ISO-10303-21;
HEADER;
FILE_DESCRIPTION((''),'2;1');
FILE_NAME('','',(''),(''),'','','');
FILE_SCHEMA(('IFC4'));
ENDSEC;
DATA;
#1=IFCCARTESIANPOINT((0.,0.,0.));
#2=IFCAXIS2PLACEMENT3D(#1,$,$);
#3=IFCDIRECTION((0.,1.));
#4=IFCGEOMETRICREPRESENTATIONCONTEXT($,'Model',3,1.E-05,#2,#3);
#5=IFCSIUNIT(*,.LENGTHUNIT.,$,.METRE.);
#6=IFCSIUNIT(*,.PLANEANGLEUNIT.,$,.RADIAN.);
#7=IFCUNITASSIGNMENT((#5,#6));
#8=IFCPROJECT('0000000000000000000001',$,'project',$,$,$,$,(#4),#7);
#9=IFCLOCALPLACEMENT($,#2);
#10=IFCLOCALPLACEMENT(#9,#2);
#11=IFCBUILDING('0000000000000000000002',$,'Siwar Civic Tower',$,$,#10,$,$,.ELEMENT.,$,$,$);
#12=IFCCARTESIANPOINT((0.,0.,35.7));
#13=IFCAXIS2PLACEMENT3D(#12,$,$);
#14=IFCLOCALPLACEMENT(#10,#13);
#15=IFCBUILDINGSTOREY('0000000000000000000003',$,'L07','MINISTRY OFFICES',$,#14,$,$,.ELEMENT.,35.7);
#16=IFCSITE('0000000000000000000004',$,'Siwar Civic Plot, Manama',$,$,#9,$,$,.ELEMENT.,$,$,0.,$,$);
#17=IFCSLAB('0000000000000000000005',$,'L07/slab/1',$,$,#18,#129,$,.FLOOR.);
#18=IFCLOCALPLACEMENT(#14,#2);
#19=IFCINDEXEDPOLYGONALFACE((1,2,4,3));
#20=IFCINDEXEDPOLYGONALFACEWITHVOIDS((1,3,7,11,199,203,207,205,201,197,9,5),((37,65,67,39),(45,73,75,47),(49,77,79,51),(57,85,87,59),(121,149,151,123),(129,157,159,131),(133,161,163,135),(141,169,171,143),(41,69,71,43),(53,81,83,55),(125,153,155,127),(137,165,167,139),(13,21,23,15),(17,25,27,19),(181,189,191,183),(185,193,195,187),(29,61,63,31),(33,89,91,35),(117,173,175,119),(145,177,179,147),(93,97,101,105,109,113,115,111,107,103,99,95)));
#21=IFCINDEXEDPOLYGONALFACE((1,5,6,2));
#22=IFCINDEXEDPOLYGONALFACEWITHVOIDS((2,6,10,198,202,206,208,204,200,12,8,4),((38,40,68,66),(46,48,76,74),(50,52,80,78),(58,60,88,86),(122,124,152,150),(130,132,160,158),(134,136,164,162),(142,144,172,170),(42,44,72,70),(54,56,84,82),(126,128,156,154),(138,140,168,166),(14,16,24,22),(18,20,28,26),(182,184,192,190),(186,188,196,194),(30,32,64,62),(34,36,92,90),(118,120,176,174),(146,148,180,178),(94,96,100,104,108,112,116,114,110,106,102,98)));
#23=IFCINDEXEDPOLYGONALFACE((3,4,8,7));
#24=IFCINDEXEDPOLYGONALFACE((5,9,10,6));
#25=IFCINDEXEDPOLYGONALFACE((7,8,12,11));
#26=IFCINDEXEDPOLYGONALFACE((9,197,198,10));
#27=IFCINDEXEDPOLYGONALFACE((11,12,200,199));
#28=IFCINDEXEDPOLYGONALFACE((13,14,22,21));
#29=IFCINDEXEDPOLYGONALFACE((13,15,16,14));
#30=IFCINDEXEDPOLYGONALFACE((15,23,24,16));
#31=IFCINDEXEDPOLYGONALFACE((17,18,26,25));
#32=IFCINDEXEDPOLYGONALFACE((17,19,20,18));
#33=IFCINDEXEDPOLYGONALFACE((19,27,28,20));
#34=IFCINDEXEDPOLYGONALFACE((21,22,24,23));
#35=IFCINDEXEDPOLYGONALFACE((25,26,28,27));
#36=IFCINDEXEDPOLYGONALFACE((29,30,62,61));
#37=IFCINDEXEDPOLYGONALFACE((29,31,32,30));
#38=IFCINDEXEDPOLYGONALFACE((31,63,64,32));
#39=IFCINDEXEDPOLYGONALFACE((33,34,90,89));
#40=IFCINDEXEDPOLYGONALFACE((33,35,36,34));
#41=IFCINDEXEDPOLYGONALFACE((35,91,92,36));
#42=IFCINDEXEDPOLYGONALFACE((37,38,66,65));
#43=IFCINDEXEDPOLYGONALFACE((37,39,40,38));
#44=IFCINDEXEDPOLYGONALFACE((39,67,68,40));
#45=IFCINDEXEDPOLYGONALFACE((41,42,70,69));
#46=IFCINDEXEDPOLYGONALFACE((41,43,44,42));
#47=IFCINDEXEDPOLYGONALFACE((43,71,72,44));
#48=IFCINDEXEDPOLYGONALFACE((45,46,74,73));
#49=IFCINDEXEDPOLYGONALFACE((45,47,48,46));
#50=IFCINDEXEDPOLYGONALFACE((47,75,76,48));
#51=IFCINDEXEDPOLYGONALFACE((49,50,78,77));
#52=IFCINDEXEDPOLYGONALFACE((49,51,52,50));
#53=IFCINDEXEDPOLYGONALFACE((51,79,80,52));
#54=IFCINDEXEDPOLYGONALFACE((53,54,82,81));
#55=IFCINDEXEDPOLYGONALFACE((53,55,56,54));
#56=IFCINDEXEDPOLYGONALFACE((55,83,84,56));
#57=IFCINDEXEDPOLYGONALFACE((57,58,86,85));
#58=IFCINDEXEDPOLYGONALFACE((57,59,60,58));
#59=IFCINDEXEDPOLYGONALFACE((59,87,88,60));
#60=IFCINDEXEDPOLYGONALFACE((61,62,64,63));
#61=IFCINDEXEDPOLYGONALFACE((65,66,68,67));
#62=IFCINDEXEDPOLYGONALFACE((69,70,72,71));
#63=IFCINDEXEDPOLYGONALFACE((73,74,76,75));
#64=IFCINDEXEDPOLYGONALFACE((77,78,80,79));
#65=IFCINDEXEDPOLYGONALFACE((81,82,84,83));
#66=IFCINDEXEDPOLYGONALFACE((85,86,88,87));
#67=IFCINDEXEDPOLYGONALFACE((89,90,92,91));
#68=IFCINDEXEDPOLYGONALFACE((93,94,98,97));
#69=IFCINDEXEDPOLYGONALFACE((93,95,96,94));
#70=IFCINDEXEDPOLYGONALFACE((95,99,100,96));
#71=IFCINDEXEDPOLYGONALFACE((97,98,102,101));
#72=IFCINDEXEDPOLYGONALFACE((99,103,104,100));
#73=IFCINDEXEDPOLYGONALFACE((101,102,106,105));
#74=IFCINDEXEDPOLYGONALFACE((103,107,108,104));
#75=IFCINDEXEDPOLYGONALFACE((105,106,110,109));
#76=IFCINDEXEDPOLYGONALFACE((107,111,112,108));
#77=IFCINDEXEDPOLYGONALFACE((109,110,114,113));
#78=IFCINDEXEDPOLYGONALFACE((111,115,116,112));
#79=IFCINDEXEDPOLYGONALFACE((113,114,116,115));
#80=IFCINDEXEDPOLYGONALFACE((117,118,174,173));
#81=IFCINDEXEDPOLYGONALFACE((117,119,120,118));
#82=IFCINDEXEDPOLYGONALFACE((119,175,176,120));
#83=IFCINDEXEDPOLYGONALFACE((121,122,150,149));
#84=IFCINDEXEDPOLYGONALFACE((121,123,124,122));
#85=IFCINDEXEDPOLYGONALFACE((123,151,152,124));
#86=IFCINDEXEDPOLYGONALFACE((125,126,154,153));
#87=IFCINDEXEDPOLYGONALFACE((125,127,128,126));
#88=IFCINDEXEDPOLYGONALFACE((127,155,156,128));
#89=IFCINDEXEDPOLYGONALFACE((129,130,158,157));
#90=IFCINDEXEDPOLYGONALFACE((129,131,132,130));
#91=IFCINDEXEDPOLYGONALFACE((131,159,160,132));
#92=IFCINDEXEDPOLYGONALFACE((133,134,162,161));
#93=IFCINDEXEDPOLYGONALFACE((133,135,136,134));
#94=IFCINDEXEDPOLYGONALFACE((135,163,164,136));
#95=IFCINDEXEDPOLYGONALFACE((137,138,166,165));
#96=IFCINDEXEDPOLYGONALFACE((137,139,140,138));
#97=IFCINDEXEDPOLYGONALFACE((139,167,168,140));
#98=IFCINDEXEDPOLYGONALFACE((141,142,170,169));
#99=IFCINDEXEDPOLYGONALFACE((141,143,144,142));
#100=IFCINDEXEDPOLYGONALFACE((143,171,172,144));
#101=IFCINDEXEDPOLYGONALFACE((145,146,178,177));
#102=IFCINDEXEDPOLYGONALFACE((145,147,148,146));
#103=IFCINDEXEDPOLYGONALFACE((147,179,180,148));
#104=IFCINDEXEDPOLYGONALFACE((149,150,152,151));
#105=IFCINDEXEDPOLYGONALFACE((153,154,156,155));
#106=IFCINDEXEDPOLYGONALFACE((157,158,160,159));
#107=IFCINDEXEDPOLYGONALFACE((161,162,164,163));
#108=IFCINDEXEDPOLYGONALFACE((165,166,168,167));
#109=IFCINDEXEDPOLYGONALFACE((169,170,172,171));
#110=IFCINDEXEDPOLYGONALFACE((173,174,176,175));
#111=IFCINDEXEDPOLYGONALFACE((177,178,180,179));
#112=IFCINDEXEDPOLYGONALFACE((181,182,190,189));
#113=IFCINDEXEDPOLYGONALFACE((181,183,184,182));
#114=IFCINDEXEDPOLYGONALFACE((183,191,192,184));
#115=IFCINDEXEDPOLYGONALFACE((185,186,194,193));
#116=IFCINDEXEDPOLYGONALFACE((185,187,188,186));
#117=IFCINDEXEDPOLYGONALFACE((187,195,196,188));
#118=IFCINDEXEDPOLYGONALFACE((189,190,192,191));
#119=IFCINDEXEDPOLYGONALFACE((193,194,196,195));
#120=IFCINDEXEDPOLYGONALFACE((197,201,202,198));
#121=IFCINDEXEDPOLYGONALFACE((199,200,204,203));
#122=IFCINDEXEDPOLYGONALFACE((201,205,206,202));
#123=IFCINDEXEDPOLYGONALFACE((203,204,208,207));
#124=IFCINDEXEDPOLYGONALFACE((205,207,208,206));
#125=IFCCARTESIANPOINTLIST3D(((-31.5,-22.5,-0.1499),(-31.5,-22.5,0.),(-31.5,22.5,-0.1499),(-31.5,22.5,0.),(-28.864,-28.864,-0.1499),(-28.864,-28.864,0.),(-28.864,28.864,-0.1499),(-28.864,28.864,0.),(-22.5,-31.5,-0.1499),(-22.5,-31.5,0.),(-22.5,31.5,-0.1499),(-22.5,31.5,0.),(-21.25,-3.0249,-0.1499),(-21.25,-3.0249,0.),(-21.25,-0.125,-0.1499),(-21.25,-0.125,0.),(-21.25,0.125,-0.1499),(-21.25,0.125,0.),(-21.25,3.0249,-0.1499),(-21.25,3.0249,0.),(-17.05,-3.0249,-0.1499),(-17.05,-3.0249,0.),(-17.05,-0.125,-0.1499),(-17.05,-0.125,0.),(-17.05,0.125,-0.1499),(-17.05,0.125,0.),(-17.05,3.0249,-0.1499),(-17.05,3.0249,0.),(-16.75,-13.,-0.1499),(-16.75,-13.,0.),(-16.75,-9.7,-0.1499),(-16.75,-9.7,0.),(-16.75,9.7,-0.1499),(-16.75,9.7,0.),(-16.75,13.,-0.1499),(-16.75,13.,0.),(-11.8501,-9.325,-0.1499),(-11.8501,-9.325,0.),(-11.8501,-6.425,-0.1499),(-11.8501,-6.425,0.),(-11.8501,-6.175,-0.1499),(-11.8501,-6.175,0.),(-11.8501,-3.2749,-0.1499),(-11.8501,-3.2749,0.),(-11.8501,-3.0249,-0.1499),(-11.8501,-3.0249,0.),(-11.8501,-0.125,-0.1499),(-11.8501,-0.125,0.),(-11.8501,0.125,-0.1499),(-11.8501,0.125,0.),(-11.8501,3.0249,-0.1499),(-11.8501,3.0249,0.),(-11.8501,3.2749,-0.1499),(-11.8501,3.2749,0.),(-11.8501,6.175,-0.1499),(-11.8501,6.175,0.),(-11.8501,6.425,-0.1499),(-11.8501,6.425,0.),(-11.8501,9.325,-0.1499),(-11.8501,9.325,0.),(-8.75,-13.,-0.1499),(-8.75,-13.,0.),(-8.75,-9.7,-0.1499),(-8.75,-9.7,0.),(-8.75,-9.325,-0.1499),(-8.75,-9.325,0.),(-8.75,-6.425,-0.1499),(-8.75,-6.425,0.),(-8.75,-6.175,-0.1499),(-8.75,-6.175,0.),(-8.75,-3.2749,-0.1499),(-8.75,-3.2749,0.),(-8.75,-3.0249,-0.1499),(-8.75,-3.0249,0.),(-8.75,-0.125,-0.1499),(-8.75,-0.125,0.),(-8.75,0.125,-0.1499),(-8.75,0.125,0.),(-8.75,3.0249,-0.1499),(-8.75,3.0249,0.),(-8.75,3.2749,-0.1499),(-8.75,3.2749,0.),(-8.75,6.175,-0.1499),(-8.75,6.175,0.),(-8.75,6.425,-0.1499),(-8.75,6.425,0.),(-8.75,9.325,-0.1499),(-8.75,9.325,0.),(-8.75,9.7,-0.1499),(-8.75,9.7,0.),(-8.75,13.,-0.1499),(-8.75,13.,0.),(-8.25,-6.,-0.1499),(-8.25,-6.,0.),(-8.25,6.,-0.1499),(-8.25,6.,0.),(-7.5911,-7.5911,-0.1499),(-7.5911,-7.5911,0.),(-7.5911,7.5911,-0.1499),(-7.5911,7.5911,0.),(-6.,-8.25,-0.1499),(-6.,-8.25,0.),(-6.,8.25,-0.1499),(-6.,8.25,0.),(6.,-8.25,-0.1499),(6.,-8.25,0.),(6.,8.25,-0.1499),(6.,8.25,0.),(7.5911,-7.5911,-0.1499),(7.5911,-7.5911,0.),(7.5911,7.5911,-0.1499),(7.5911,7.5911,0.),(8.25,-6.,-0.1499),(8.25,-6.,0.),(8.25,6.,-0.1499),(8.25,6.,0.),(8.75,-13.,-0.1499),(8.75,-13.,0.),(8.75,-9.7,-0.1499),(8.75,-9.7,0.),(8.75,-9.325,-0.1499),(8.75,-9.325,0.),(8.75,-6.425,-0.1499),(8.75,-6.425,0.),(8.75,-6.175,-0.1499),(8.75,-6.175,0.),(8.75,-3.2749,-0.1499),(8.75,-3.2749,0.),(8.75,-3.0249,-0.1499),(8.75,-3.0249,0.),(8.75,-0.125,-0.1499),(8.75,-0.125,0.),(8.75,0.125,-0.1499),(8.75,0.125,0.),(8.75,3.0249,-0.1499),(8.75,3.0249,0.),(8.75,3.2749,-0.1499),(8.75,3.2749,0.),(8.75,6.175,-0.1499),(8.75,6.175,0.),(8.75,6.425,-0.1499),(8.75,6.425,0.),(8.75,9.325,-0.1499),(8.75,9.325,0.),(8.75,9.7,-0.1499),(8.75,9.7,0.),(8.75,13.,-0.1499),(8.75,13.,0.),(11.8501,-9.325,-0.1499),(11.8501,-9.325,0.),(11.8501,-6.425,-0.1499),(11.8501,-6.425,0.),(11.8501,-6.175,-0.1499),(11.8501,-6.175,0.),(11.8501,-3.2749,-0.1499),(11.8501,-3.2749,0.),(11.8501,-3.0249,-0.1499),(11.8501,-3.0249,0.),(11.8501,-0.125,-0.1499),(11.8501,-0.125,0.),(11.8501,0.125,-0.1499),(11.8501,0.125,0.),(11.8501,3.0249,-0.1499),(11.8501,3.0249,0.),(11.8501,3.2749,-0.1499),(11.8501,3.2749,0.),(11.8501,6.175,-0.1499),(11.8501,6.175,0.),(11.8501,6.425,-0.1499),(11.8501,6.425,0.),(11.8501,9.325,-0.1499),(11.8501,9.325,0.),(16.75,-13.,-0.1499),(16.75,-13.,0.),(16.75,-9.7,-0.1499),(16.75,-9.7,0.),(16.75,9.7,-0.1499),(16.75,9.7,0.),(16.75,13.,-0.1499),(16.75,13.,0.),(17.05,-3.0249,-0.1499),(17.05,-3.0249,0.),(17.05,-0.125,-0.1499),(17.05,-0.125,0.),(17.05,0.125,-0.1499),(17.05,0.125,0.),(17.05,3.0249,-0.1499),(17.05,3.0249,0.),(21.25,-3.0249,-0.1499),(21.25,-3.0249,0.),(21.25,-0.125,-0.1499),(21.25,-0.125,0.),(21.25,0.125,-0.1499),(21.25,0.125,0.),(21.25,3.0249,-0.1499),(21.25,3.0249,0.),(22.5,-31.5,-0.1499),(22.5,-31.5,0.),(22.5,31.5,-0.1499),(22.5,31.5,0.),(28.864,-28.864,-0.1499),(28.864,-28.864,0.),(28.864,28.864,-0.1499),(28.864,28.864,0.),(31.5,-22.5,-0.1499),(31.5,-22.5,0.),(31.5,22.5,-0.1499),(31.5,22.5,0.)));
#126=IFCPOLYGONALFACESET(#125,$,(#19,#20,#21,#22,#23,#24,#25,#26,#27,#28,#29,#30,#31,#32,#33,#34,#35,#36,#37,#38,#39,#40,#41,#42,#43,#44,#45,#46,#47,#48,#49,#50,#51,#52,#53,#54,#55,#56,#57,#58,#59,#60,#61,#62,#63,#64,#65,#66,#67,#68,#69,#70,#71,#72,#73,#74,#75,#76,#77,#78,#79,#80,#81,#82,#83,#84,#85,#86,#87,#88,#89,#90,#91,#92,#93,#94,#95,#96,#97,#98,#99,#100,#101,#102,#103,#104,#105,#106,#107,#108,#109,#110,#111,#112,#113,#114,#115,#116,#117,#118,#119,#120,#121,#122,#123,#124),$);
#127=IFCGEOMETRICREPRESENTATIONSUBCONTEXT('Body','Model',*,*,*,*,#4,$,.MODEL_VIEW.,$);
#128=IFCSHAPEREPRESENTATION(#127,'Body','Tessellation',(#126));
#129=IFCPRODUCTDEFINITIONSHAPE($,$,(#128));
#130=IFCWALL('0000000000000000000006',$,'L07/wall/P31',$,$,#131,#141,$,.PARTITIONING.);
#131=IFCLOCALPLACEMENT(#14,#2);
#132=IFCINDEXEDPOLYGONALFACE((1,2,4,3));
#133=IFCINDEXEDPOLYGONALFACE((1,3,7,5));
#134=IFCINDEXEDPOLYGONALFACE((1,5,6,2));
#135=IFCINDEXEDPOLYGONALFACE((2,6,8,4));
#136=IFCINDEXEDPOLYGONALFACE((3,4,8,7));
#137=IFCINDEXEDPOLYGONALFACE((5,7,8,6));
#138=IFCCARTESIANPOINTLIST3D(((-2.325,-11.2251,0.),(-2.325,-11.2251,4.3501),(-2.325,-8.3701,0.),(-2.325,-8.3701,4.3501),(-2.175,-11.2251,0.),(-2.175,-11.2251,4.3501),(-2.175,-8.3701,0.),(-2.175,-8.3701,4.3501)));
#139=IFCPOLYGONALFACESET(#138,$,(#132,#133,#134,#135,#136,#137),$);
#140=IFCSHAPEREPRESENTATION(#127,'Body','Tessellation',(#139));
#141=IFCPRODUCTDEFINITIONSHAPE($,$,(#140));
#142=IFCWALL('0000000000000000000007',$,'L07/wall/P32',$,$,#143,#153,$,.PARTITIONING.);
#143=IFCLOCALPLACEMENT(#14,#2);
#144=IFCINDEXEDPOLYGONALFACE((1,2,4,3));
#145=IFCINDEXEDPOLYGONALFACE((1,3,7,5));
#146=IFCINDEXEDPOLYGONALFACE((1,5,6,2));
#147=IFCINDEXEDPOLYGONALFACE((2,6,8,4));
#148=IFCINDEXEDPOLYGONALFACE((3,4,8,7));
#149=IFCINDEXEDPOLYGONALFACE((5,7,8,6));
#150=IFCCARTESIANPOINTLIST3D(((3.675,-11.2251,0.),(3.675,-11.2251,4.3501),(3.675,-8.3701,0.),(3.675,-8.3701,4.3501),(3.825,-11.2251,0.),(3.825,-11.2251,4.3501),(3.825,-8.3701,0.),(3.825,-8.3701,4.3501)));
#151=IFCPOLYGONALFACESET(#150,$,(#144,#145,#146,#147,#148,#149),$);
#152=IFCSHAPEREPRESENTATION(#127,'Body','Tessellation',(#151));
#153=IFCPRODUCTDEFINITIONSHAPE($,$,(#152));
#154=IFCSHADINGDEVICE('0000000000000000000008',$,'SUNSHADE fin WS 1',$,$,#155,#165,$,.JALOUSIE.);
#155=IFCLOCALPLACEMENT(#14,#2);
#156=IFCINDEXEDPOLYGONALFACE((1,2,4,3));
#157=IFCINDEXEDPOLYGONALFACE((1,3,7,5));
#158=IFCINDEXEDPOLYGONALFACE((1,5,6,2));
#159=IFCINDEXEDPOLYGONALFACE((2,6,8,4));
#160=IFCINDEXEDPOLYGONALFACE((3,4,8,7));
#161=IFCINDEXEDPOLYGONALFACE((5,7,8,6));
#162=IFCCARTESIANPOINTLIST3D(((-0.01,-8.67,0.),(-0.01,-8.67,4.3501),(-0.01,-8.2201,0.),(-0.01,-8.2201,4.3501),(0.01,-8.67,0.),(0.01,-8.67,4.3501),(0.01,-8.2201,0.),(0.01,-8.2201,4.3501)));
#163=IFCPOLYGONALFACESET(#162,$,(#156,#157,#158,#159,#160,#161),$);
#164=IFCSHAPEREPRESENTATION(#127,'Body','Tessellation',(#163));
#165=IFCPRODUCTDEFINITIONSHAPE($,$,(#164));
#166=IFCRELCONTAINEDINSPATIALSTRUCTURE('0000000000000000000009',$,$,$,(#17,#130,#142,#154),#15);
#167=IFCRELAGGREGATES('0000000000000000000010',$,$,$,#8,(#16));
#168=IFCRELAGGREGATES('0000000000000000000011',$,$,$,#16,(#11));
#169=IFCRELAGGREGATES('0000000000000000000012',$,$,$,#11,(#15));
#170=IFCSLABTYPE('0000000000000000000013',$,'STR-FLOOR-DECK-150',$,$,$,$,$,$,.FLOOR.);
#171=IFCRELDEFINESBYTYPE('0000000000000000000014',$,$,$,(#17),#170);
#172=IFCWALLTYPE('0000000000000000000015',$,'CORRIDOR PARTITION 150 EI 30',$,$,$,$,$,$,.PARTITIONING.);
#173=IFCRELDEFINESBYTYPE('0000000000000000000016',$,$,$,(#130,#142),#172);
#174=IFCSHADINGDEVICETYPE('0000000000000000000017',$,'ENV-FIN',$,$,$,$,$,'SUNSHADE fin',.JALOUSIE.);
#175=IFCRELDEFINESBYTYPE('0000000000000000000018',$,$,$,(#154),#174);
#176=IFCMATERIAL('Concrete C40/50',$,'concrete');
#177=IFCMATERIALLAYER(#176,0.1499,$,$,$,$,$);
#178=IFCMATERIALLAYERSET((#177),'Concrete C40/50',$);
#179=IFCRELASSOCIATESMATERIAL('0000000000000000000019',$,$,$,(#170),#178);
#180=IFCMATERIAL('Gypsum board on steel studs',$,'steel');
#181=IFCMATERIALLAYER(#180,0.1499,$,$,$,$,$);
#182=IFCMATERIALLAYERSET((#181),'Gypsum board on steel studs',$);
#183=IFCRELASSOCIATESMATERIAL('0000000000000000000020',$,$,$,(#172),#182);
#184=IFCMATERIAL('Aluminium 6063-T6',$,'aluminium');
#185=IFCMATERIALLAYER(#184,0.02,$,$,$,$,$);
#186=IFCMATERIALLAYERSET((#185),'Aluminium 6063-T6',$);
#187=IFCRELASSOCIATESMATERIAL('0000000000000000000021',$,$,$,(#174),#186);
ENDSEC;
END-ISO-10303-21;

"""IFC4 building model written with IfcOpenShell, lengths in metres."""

from ifc_helpers import new_model, si_unit, direction, frame, frame_2d, origin, origin_2d, place, context, subcontext, project, spatial, polyline, rectangle, outline, extrude, material, layer, layer_set, type_object, element, save


model = new_model("IFC4")

# Units and contexts
model_context = context("Model", 3, precision=1e-05, world=origin(), true_north=direction((0.0, 1.0)))
body_context = subcontext(model_context, "Body", "Model", "MODEL_VIEW")
ifc_project = project(units=[si_unit("LENGTHUNIT", "METRE"), si_unit("PLANEANGLEUNIT", "RADIAN")], contexts=[model_context])

# Site, building, storey
site_placement = place(None, origin())
site = spatial("IfcSite", under=ifc_project, at=site_placement, Name="Siwar Civic Plot, Manama", CompositionType="ELEMENT", RefElevation=0.0)
building_placement = place(site_placement, origin())
building = spatial("IfcBuilding", under=site, at=building_placement, Name="Siwar Civic Tower", CompositionType="ELEMENT")
storey_placement = place(building_placement, frame((0.0, 0.0, 35.7)))
storey = spatial("IfcBuildingStorey", under=building, at=storey_placement, Name="L07", Description="MINISTRY OFFICES", CompositionType="ELEMENT", Elevation=35.7)

# Slab
ifc_material_1 = material(Name="Concrete C40/50", Category="concrete")
ifc_layer_1 = layer(ifc_material_1, 0.1499)
ifc_layer_set_1 = layer_set([ifc_layer_1], Name="Concrete C40/50")
slab_type_1 = type_object("IfcSlabType", Name="STR-FLOOR-DECK-150", PredefinedType="FLOOR", material=ifc_layer_set_1)
slab_1_placement = place(storey_placement, frame((0.0, 0.0, -0.1499)))
element("IfcSlab", 1, at=slab_1_placement, inside=storey, type_object=slab_type_1, Name="L07/slab/1", PredefinedType="FLOOR", context=body_context, shape_type="SweptSolid", body=[
    extrude(outline(polyline([(-22.5, -31.5), (22.5, -31.5), (28.864, -28.864), (31.5, -22.5), (31.5, 22.5), (28.864, 28.864), (22.5, 31.5), (-22.5, 31.5), (-28.864, 28.864), (-31.5, 22.5), (-31.5, -22.5), (-28.864, -28.864), (-22.5, -31.5)]), holes=[polyline([(21.25, 3.0249), (21.25, 0.125), (17.05, 0.125), (17.05, 3.0249), (21.25, 3.0249)]), polyline([(17.05, -0.125), (21.25, -0.125), (21.25, -3.0249), (17.05, -3.0249), (17.05, -0.125)]), polyline([(16.75, 13.0), (16.75, 9.7), (8.75, 9.7), (8.75, 13.0), (16.75, 13.0)]), polyline([(8.75, -9.7), (16.75, -9.7), (16.75, -13.0), (8.75, -13.0), (8.75, -9.7)]), polyline([(11.8501, 9.325), (11.8501, 6.425), (8.75, 6.425), (8.75, 9.325), (11.8501, 9.325)]), polyline([(11.8501, 3.0249), (11.8501, 0.125), (8.75, 0.125), (8.75, 3.0249), (11.8501, 3.0249)]), polyline([(11.8501, -0.125), (11.8501, -3.0249), (8.75, -3.0249), (8.75, -0.125), (11.8501, -0.125)]), polyline([(11.8501, -3.2749), (11.8501, -6.175), (8.75, -6.175), (8.75, -3.2749), (11.8501, -3.2749)]), polyline([(8.75, 6.175), (11.8501, 6.175), (11.8501, 3.2749), (8.75, 3.2749), (8.75, 6.175)]), polyline([(8.75, -6.425), (11.8501, -6.425), (11.8501, -9.325), (8.75, -9.325), (8.75, -6.425)]), polyline([(-6.0, 8.25), (6.0, 8.25), (7.5911, 7.5911), (8.25, 6.0), (8.25, -6.0), (7.5911, -7.5911), (6.0, -8.25), (-6.0, -8.25), (-7.5911, -7.5911), (-8.25, -6.0), (-8.25, 6.0), (-7.5911, 7.5911), (-6.0, 8.25)]), polyline([(-8.75, 9.7), (-16.75, 9.7), (-16.75, 13.0), (-8.75, 13.0), (-8.75, 9.7)]), polyline([(-8.75, 0.125), (-11.8501, 0.125), (-11.8501, 3.0249), (-8.75, 3.0249), (-8.75, 0.125)]), polyline([(-8.75, -6.175), (-11.8501, -6.175), (-11.8501, -3.2749), (-8.75, -3.2749), (-8.75, -6.175)]), polyline([(-8.75, -9.325), (-11.8501, -9.325), (-11.8501, -6.425), (-8.75, -6.425), (-8.75, -9.325)]), polyline([(-8.75, -13.0), (-16.75, -13.0), (-16.75, -9.7), (-8.75, -9.7), (-8.75, -13.0)]), polyline([(-11.8501, 6.425), (-11.8501, 9.325), (-8.75, 9.325), (-8.75, 6.425), (-11.8501, 6.425)]), polyline([(-11.8501, 3.2749), (-11.8501, 6.175), (-8.75, 6.175), (-8.75, 3.2749), (-11.8501, 3.2749)]), polyline([(-11.8501, -3.0249), (-11.8501, -0.125), (-8.75, -0.125), (-8.75, -3.0249), (-11.8501, -3.0249)]), polyline([(-21.25, -3.0249), (-21.25, -0.125), (-17.05, -0.125), (-17.05, -3.0249), (-21.25, -3.0249)]), polyline([(-17.05, 0.125), (-21.25, 0.125), (-21.25, 3.0249), (-17.05, 3.0249), (-17.05, 0.125)])]), origin(), (0.0, 0.0, 1.0), 0.1499),
])

# Walls
ifc_material_2 = material(Name="Gypsum board on steel studs", Category="steel")
ifc_layer_2 = layer(ifc_material_2, 0.1499)
ifc_layer_set_2 = layer_set([ifc_layer_2], Name="Gypsum board on steel studs")
wall_type = type_object("IfcWallType", Name="CORRIDOR PARTITION 150 EI 30", PredefinedType="PARTITIONING", material=ifc_layer_set_2)
for number, where, z_axis, x_axis, name in (
    (2, (-2.25, -11.2251, 0.0), (0.0, 0.0, 1.0), (0.0, 1.0, 0.0), "L07/wall/P31"),
    (3, (3.75, -11.2251, 0.0), (0.0, 0.0, 1.0), (0.0, 1.0, 0.0), "L07/wall/P32"),
):
    element("IfcWall", number, at=place(storey_placement, frame(where, z_axis=z_axis, x_axis=x_axis)), inside=storey, type_object=wall_type, Name=name, PredefinedType="PARTITIONING", context=body_context, shape_type="SweptSolid", body=[
        extrude(rectangle(XDim=2.855, YDim=0.1499, at=frame_2d((1.4275, 0.0))), origin(), (0.0, 0.0, 1.0), 4.3501),
    ])

# Shading device
ifc_material_3 = material(Name="Aluminium 6063-T6", Category="aluminium")
ifc_layer_3 = layer(ifc_material_3, 0.02)
ifc_layer_set_3 = layer_set([ifc_layer_3], Name="Aluminium 6063-T6")
shading_device_type = type_object("IfcShadingDeviceType", Name="ENV-FIN", ElementType="SUNSHADE fin", PredefinedType="JALOUSIE", material=ifc_layer_set_3)
shading_device_placement = place(storey_placement, frame((0.0, -8.4451, 0.0), z_axis=(0.0, 0.0, 1.0), x_axis=(1.0, 0.0, 0.0)))
element("IfcShadingDevice", 4, at=shading_device_placement, inside=storey, type_object=shading_device_type, Name="SUNSHADE fin WS 1", PredefinedType="JALOUSIE", context=body_context, shape_type="SweptSolid", body=[
    extrude(rectangle(XDim=0.02, YDim=0.45, at=origin_2d()), origin(), (0.0, 0.0, 1.0), 4.3501),
])

save(model, "model.ifc")
